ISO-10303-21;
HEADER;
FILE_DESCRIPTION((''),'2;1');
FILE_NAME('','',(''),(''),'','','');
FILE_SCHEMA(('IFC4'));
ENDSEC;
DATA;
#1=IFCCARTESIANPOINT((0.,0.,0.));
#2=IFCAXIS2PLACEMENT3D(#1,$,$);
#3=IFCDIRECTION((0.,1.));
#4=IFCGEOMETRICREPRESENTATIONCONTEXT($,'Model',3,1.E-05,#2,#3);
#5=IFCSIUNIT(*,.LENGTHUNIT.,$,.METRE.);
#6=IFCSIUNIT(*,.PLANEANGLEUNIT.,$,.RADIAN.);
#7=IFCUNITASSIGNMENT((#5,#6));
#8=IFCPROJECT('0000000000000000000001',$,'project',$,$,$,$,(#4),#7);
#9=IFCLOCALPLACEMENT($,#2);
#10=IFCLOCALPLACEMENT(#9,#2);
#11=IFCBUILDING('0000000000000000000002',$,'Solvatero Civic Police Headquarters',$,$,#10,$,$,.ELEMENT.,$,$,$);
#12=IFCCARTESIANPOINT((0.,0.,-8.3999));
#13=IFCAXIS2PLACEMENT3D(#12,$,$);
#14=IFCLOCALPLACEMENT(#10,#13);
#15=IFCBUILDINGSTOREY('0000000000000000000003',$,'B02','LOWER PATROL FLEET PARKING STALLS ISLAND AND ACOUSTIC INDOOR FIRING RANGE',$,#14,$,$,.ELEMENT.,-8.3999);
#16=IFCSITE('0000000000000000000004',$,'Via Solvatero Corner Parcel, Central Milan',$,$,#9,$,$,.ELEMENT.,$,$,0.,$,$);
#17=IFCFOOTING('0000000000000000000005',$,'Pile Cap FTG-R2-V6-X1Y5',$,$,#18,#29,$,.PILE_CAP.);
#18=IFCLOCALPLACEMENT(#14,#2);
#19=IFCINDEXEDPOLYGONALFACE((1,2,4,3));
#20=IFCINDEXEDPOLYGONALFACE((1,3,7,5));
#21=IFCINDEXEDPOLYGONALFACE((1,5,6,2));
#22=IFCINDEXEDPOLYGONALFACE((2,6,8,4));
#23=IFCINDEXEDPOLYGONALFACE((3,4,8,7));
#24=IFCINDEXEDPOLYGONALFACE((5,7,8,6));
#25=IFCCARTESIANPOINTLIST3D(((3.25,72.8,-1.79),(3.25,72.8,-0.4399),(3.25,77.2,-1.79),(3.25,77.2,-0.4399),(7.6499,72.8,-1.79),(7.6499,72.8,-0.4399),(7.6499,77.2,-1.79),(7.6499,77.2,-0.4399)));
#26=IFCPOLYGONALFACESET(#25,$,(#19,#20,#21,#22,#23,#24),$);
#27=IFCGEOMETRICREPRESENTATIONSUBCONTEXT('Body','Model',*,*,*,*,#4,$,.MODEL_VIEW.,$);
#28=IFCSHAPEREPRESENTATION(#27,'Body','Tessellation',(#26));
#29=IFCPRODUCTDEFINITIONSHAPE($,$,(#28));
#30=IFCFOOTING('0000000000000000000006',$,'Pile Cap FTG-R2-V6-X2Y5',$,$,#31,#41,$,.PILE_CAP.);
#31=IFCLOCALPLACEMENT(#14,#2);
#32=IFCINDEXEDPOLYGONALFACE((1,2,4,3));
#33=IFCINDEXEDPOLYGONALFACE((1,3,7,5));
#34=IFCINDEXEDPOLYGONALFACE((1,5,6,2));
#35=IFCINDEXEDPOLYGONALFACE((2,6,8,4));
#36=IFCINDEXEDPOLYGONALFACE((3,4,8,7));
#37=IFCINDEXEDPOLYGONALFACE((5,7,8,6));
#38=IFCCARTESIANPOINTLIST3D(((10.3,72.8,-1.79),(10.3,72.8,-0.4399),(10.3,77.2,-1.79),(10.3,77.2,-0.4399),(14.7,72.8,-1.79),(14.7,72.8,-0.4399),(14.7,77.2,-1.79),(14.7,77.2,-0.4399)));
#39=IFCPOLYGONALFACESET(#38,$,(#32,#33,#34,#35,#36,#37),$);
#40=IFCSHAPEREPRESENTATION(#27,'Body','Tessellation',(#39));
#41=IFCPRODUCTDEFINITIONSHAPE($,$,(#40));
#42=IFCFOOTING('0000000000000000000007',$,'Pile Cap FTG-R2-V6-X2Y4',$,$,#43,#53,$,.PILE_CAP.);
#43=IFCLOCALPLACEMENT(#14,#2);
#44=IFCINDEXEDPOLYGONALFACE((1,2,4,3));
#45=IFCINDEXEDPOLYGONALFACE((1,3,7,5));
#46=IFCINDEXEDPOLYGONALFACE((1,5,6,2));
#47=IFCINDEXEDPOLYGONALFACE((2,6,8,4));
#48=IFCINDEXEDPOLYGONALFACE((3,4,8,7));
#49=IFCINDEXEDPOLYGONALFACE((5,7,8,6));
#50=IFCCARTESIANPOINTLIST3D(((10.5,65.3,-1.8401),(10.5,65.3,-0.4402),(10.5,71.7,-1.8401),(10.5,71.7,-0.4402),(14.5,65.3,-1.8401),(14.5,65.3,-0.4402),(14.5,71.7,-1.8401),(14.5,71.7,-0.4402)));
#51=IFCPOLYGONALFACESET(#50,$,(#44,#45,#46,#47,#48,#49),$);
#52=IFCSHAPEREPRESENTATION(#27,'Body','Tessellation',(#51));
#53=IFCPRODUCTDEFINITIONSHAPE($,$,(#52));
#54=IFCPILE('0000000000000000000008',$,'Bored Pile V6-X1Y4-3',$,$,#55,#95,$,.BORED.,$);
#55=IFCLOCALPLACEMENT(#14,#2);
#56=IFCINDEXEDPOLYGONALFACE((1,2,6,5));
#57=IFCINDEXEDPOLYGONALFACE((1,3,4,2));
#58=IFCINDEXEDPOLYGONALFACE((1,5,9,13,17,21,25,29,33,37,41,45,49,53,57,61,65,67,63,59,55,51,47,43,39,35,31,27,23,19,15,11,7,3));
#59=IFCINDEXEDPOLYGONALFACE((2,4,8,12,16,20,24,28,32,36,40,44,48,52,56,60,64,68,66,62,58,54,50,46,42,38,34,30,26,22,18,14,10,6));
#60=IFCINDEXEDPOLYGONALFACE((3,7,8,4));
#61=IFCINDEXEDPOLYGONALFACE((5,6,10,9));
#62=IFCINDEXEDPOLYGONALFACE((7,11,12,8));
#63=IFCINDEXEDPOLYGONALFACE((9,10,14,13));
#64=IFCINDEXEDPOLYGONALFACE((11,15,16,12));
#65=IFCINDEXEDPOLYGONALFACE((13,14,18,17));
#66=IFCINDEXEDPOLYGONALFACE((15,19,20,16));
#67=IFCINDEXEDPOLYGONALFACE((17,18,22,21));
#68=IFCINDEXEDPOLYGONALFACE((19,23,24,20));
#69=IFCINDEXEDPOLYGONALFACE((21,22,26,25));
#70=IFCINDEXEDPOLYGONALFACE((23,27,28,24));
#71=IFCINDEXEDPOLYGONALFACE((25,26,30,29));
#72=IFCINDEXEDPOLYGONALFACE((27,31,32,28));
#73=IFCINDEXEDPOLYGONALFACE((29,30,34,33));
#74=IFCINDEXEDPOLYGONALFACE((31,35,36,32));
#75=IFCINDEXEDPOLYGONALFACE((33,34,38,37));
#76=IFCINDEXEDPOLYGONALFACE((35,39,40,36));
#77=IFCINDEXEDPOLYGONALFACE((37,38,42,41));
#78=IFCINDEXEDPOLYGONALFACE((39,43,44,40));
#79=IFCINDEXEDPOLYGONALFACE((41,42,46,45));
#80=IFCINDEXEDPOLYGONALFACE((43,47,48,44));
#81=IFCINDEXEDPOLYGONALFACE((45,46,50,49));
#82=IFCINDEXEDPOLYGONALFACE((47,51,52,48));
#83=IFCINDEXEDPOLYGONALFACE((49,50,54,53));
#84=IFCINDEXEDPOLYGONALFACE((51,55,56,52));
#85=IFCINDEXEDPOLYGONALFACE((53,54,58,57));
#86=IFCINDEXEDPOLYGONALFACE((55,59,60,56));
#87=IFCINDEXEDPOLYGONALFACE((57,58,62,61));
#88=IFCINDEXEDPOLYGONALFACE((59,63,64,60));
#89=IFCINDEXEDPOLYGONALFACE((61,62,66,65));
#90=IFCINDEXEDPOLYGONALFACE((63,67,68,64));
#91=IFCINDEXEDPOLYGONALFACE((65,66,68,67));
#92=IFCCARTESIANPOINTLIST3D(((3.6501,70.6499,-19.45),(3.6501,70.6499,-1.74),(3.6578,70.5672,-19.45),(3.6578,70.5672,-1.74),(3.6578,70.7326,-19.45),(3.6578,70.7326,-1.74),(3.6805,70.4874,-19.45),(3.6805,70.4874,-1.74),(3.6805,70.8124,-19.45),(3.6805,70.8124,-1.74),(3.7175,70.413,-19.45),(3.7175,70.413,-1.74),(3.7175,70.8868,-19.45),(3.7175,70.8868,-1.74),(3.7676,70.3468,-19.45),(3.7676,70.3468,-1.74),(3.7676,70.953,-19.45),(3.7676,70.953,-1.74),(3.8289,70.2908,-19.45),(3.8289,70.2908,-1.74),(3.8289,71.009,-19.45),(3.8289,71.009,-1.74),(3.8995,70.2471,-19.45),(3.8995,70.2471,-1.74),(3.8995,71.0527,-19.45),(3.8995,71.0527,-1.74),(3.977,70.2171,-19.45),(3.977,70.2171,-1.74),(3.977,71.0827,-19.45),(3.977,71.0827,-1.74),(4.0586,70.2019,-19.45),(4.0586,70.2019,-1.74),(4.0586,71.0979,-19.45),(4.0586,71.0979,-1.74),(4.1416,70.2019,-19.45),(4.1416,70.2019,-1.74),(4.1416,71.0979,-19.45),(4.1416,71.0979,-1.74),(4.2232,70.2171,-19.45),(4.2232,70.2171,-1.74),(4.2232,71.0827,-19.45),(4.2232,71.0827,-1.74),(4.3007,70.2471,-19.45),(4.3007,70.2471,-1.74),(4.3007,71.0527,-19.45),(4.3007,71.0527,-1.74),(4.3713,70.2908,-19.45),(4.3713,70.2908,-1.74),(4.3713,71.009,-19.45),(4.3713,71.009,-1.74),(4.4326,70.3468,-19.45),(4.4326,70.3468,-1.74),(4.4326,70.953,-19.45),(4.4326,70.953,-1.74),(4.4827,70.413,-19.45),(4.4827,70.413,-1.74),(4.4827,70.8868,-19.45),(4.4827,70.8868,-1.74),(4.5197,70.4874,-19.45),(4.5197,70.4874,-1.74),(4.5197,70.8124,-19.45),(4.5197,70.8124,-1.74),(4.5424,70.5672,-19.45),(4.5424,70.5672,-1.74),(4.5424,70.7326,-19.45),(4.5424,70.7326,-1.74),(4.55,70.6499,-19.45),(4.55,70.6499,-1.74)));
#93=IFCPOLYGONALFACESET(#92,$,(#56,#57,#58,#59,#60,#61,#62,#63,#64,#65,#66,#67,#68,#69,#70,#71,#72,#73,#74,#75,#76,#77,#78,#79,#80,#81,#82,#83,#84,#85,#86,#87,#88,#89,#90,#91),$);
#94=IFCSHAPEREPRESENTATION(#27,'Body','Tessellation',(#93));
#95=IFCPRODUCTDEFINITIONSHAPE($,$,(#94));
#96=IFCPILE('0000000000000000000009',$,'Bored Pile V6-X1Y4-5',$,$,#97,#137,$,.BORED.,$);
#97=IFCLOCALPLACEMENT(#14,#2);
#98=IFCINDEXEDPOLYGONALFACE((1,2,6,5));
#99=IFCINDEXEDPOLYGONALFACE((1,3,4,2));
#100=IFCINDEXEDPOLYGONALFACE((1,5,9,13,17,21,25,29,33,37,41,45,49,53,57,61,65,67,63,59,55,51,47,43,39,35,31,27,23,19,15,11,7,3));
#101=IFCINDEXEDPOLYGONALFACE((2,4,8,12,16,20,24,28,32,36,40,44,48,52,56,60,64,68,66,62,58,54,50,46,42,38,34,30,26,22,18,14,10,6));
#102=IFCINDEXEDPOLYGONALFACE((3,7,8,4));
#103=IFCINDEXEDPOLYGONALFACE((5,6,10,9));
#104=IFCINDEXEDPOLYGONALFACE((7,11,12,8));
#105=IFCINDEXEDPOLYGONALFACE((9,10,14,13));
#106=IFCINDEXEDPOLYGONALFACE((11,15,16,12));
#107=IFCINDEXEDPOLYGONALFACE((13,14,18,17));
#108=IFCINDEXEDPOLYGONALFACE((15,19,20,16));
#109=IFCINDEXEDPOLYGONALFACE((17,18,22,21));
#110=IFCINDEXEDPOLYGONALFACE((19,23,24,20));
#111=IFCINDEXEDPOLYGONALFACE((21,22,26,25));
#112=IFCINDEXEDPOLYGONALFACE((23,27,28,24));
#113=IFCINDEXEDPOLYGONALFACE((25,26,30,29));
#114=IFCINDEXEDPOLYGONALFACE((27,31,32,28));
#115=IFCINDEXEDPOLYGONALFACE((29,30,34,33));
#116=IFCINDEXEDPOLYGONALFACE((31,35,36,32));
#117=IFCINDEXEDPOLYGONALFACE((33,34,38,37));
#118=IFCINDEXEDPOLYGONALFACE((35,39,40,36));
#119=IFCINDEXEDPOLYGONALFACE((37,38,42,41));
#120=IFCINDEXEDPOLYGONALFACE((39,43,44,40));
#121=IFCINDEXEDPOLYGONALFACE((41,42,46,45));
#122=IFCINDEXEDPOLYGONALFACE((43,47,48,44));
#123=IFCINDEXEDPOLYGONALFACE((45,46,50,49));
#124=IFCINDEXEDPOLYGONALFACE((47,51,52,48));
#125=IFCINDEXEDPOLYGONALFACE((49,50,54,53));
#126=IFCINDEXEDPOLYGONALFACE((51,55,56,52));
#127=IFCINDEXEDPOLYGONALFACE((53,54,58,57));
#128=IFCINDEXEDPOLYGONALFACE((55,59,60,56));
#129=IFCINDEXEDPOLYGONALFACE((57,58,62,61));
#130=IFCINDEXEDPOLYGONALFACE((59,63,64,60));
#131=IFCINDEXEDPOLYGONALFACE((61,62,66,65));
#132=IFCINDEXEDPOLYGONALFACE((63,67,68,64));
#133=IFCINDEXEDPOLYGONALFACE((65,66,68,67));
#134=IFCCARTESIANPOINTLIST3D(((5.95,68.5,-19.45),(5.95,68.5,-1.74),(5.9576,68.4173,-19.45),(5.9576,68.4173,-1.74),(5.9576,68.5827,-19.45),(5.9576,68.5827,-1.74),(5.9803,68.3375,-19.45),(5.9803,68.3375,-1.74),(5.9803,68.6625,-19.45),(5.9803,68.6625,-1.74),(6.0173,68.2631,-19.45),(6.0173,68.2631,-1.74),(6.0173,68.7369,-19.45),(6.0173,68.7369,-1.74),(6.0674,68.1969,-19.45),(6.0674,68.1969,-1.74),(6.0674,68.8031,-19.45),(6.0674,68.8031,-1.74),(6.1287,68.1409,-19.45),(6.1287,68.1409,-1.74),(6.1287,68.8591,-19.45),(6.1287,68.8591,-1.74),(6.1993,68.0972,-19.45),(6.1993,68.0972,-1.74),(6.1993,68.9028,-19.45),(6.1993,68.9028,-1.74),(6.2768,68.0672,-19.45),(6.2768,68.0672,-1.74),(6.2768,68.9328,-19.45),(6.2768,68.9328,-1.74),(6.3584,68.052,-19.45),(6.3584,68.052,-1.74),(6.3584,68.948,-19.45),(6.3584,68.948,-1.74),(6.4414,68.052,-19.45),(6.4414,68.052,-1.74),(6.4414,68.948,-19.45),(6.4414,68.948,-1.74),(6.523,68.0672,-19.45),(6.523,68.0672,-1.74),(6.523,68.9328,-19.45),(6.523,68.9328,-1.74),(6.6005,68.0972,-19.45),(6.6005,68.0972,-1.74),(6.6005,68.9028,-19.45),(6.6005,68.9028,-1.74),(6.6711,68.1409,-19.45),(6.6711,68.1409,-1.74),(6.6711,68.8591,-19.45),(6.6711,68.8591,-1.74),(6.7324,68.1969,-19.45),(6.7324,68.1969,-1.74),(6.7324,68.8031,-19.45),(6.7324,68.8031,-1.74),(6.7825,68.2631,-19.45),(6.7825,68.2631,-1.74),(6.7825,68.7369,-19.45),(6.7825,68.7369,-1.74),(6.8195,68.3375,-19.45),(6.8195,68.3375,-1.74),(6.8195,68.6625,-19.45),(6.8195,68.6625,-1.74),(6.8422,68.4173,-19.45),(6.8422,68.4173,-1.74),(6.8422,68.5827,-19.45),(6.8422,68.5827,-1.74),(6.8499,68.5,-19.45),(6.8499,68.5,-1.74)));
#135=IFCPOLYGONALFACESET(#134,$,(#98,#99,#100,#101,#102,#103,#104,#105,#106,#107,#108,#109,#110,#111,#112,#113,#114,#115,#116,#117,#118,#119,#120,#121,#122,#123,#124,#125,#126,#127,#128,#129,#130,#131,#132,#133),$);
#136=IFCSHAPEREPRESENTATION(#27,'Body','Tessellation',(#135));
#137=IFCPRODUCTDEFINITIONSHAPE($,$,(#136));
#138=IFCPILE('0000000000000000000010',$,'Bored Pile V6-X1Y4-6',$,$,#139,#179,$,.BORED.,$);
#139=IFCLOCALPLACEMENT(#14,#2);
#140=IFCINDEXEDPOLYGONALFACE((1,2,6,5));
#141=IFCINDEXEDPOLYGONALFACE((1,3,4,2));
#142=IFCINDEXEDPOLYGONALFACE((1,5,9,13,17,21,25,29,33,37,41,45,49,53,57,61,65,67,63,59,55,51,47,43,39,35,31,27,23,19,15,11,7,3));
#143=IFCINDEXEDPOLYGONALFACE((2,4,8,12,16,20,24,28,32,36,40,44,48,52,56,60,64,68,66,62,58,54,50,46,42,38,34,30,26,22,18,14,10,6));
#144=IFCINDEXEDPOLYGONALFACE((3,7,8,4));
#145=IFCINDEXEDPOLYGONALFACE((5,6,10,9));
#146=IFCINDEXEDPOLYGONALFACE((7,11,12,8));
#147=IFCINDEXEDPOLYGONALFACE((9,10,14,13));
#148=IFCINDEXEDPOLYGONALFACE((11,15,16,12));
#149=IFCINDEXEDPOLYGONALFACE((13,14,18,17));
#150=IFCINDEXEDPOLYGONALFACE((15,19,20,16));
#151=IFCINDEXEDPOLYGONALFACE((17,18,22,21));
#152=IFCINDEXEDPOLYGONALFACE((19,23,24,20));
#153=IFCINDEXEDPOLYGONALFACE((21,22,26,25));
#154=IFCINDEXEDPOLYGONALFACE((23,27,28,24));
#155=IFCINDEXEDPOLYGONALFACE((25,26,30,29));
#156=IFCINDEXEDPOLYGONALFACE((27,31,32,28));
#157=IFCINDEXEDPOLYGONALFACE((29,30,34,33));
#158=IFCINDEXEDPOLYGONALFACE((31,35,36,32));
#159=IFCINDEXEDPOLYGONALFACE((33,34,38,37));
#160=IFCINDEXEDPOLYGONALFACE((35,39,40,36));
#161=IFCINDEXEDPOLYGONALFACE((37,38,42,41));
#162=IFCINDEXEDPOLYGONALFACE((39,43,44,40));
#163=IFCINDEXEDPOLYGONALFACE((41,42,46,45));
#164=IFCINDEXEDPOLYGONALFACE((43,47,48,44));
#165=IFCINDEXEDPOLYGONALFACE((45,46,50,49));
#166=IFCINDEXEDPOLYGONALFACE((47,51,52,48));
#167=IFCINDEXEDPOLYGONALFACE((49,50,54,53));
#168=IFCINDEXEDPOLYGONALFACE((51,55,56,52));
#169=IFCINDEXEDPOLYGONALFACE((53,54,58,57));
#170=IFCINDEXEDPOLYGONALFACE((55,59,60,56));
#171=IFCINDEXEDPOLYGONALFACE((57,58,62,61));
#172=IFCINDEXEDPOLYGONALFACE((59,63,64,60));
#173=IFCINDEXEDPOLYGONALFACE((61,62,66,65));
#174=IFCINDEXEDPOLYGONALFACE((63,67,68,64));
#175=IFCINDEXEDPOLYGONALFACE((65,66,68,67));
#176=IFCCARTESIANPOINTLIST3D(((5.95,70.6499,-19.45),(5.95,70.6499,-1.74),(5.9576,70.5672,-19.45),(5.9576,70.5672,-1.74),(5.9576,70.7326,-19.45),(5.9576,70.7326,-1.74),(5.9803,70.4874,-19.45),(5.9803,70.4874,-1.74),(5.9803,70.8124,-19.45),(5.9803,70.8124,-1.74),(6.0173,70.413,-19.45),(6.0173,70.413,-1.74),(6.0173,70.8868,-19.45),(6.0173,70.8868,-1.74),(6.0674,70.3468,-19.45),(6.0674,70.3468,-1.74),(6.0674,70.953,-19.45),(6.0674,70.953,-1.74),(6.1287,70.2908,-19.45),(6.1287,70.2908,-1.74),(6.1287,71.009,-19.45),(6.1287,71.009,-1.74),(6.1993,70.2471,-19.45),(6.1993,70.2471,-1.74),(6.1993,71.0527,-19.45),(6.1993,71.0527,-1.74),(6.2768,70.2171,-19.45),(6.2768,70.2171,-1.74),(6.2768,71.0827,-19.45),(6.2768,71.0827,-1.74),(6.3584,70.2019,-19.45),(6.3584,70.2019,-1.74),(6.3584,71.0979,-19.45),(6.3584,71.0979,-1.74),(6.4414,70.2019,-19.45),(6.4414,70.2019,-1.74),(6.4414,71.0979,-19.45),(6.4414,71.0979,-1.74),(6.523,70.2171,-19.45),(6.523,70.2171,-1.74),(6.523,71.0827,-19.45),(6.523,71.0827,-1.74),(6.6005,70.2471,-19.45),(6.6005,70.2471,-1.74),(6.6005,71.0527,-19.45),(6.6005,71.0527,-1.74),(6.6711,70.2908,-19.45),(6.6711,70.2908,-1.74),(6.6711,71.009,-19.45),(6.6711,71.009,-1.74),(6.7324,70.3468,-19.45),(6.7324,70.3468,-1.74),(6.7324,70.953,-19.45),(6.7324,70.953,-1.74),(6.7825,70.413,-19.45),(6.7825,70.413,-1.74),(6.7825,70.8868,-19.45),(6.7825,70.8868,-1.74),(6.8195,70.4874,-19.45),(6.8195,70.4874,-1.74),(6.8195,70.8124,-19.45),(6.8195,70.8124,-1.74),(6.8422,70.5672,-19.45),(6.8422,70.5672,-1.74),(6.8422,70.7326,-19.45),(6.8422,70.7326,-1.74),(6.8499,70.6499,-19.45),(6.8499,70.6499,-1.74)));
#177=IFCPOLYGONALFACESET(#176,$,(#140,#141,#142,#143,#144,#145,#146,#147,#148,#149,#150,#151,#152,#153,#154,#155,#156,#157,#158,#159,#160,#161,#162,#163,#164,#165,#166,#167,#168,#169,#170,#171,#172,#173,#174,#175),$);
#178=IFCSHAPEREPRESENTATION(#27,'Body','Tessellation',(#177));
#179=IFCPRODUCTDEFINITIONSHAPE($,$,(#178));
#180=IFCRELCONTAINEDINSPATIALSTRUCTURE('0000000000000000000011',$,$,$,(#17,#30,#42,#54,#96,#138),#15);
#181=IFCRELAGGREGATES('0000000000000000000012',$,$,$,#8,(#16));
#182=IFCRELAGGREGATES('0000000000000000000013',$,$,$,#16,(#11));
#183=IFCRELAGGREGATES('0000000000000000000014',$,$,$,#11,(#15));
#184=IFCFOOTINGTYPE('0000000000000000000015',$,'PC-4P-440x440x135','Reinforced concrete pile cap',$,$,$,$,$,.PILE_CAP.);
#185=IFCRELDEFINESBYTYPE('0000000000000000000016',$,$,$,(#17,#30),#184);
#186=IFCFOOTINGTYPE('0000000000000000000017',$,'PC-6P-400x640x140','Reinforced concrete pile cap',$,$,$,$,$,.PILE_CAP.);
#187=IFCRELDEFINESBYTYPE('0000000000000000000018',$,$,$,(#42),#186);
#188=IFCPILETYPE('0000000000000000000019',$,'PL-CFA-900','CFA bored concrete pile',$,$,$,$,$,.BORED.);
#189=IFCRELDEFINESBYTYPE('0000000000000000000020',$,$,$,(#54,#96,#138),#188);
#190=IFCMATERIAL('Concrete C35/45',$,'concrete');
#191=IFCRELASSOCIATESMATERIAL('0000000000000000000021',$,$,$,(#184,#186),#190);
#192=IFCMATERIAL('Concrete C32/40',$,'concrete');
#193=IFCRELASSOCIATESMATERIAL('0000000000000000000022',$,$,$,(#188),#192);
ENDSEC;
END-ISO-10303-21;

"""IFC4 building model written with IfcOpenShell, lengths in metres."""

from ifc_helpers import new_model, si_unit, direction, frame, origin, origin_2d, place, context, subcontext, project, spatial, rectangle, circle, extrude, material, material_profile, profile_set, type_object, element, save


model = new_model("IFC4")

# Units and contexts
model_context = context("Model", 3, precision=1e-05, world=origin(), true_north=direction((0.0, 1.0)))
body_context = subcontext(model_context, "Body", "Model", "MODEL_VIEW")
ifc_project = project(units=[si_unit("LENGTHUNIT", "METRE"), si_unit("PLANEANGLEUNIT", "RADIAN")], contexts=[model_context])

# Site, building, storey
site_placement = place(None, origin())
site = spatial("IfcSite", under=ifc_project, at=site_placement, Name="Via Solvatero Corner Parcel, Central Milan", CompositionType="ELEMENT", RefElevation=0.0)
building_placement = place(site_placement, origin())
building = spatial("IfcBuilding", under=site, at=building_placement, Name="Solvatero Civic Police Headquarters", CompositionType="ELEMENT")
storey_placement = place(building_placement, frame((0.0, 0.0, -8.3999)))
storey = spatial("IfcBuildingStorey", under=building, at=storey_placement, Name="B02", Description="LOWER PATROL FLEET PARKING STALLS ISLAND AND ACOUSTIC INDOOR FIRING RANGE", CompositionType="ELEMENT", Elevation=-8.3999)

# Footings
ifc_material_1 = material(Name="Concrete C35/45", Category="concrete")
footing_type_1 = type_object("IfcFootingType", Name="PC-4P-440x440x135", Description="Reinforced concrete pile cap", PredefinedType="PILE_CAP", material=ifc_material_1)
for number, where, z_axis, x_axis, name in (
    (1, (5.45, 75.0, -1.79), (0.0, 0.0, 1.0), (1.0, 0.0, 0.0), "Pile Cap FTG-R2-V6-X1Y5"),
    (2, (12.5, 75.0, -1.79), (0.0, 0.0, 1.0), (1.0, 0.0, 0.0), "Pile Cap FTG-R2-V6-X2Y5"),
):
    element("IfcFooting", number, at=place(storey_placement, frame(where, z_axis=z_axis, x_axis=x_axis)), inside=storey, type_object=footing_type_1, Name=name, PredefinedType="PILE_CAP", context=body_context, shape_type="SweptSolid", body=[
        extrude(rectangle(XDim=4.3999, YDim=4.3999, at=origin_2d()), origin(), (0.0, 0.0, 1.0), 1.3501),
    ])
footing_type_2 = type_object("IfcFootingType", Name="PC-6P-400x640x140", Description="Reinforced concrete pile cap", PredefinedType="PILE_CAP", material=ifc_material_1)
footing_placement = place(storey_placement, frame((12.5, 68.5, -1.8401), z_axis=(0.0, 0.0, 1.0), x_axis=(1.0, 0.0, 0.0)))
element("IfcFooting", 3, at=footing_placement, inside=storey, type_object=footing_type_2, Name="Pile Cap FTG-R2-V6-X2Y4", PredefinedType="PILE_CAP", context=body_context, shape_type="SweptSolid", body=[
    extrude(rectangle(XDim=4.0, YDim=6.3999, at=origin_2d()), origin(), (0.0, 0.0, 1.0), 1.3999),
])

# Piles
ifc_material_2 = material(Name="Concrete C32/40", Category="concrete")
ifc_material_profile_1 = material_profile(ifc_material_2, circle(Radius=0.45, at=origin_2d()), Name="CFA PILE D900")
ifc_profile_set_1 = profile_set([ifc_material_profile_1], Name="Concrete C32/40")
pile_type = type_object("IfcPileType", Name="PL-CFA-900", Description="CFA bored concrete pile", PredefinedType="BORED", material=ifc_profile_set_1)
for number, where, z_axis, x_axis, name in (
    (4, (4.1001, 70.6499, -1.74), (0.0, 0.0, -1.0), (1.0, 0.0, 0.0), "Bored Pile V6-X1Y4-3"),
    (5, (6.3999, 68.5, -1.74), (0.0, 0.0, -1.0), (1.0, 0.0, 0.0), "Bored Pile V6-X1Y4-5"),
    (6, (6.3999, 70.6499, -1.74), (0.0, 0.0, -1.0), (1.0, 0.0, 0.0), "Bored Pile V6-X1Y4-6"),
):
    element("IfcPile", number, at=place(storey_placement, frame(where, z_axis=z_axis, x_axis=x_axis)), inside=storey, type_object=pile_type, Name=name, PredefinedType="BORED", context=body_context, shape_type="SweptSolid", body=[
        extrude(circle(Radius=0.45, at=origin_2d()), origin(), (0.0, 0.0, 1.0), 17.71),
    ])

save(model, "model.ifc")
